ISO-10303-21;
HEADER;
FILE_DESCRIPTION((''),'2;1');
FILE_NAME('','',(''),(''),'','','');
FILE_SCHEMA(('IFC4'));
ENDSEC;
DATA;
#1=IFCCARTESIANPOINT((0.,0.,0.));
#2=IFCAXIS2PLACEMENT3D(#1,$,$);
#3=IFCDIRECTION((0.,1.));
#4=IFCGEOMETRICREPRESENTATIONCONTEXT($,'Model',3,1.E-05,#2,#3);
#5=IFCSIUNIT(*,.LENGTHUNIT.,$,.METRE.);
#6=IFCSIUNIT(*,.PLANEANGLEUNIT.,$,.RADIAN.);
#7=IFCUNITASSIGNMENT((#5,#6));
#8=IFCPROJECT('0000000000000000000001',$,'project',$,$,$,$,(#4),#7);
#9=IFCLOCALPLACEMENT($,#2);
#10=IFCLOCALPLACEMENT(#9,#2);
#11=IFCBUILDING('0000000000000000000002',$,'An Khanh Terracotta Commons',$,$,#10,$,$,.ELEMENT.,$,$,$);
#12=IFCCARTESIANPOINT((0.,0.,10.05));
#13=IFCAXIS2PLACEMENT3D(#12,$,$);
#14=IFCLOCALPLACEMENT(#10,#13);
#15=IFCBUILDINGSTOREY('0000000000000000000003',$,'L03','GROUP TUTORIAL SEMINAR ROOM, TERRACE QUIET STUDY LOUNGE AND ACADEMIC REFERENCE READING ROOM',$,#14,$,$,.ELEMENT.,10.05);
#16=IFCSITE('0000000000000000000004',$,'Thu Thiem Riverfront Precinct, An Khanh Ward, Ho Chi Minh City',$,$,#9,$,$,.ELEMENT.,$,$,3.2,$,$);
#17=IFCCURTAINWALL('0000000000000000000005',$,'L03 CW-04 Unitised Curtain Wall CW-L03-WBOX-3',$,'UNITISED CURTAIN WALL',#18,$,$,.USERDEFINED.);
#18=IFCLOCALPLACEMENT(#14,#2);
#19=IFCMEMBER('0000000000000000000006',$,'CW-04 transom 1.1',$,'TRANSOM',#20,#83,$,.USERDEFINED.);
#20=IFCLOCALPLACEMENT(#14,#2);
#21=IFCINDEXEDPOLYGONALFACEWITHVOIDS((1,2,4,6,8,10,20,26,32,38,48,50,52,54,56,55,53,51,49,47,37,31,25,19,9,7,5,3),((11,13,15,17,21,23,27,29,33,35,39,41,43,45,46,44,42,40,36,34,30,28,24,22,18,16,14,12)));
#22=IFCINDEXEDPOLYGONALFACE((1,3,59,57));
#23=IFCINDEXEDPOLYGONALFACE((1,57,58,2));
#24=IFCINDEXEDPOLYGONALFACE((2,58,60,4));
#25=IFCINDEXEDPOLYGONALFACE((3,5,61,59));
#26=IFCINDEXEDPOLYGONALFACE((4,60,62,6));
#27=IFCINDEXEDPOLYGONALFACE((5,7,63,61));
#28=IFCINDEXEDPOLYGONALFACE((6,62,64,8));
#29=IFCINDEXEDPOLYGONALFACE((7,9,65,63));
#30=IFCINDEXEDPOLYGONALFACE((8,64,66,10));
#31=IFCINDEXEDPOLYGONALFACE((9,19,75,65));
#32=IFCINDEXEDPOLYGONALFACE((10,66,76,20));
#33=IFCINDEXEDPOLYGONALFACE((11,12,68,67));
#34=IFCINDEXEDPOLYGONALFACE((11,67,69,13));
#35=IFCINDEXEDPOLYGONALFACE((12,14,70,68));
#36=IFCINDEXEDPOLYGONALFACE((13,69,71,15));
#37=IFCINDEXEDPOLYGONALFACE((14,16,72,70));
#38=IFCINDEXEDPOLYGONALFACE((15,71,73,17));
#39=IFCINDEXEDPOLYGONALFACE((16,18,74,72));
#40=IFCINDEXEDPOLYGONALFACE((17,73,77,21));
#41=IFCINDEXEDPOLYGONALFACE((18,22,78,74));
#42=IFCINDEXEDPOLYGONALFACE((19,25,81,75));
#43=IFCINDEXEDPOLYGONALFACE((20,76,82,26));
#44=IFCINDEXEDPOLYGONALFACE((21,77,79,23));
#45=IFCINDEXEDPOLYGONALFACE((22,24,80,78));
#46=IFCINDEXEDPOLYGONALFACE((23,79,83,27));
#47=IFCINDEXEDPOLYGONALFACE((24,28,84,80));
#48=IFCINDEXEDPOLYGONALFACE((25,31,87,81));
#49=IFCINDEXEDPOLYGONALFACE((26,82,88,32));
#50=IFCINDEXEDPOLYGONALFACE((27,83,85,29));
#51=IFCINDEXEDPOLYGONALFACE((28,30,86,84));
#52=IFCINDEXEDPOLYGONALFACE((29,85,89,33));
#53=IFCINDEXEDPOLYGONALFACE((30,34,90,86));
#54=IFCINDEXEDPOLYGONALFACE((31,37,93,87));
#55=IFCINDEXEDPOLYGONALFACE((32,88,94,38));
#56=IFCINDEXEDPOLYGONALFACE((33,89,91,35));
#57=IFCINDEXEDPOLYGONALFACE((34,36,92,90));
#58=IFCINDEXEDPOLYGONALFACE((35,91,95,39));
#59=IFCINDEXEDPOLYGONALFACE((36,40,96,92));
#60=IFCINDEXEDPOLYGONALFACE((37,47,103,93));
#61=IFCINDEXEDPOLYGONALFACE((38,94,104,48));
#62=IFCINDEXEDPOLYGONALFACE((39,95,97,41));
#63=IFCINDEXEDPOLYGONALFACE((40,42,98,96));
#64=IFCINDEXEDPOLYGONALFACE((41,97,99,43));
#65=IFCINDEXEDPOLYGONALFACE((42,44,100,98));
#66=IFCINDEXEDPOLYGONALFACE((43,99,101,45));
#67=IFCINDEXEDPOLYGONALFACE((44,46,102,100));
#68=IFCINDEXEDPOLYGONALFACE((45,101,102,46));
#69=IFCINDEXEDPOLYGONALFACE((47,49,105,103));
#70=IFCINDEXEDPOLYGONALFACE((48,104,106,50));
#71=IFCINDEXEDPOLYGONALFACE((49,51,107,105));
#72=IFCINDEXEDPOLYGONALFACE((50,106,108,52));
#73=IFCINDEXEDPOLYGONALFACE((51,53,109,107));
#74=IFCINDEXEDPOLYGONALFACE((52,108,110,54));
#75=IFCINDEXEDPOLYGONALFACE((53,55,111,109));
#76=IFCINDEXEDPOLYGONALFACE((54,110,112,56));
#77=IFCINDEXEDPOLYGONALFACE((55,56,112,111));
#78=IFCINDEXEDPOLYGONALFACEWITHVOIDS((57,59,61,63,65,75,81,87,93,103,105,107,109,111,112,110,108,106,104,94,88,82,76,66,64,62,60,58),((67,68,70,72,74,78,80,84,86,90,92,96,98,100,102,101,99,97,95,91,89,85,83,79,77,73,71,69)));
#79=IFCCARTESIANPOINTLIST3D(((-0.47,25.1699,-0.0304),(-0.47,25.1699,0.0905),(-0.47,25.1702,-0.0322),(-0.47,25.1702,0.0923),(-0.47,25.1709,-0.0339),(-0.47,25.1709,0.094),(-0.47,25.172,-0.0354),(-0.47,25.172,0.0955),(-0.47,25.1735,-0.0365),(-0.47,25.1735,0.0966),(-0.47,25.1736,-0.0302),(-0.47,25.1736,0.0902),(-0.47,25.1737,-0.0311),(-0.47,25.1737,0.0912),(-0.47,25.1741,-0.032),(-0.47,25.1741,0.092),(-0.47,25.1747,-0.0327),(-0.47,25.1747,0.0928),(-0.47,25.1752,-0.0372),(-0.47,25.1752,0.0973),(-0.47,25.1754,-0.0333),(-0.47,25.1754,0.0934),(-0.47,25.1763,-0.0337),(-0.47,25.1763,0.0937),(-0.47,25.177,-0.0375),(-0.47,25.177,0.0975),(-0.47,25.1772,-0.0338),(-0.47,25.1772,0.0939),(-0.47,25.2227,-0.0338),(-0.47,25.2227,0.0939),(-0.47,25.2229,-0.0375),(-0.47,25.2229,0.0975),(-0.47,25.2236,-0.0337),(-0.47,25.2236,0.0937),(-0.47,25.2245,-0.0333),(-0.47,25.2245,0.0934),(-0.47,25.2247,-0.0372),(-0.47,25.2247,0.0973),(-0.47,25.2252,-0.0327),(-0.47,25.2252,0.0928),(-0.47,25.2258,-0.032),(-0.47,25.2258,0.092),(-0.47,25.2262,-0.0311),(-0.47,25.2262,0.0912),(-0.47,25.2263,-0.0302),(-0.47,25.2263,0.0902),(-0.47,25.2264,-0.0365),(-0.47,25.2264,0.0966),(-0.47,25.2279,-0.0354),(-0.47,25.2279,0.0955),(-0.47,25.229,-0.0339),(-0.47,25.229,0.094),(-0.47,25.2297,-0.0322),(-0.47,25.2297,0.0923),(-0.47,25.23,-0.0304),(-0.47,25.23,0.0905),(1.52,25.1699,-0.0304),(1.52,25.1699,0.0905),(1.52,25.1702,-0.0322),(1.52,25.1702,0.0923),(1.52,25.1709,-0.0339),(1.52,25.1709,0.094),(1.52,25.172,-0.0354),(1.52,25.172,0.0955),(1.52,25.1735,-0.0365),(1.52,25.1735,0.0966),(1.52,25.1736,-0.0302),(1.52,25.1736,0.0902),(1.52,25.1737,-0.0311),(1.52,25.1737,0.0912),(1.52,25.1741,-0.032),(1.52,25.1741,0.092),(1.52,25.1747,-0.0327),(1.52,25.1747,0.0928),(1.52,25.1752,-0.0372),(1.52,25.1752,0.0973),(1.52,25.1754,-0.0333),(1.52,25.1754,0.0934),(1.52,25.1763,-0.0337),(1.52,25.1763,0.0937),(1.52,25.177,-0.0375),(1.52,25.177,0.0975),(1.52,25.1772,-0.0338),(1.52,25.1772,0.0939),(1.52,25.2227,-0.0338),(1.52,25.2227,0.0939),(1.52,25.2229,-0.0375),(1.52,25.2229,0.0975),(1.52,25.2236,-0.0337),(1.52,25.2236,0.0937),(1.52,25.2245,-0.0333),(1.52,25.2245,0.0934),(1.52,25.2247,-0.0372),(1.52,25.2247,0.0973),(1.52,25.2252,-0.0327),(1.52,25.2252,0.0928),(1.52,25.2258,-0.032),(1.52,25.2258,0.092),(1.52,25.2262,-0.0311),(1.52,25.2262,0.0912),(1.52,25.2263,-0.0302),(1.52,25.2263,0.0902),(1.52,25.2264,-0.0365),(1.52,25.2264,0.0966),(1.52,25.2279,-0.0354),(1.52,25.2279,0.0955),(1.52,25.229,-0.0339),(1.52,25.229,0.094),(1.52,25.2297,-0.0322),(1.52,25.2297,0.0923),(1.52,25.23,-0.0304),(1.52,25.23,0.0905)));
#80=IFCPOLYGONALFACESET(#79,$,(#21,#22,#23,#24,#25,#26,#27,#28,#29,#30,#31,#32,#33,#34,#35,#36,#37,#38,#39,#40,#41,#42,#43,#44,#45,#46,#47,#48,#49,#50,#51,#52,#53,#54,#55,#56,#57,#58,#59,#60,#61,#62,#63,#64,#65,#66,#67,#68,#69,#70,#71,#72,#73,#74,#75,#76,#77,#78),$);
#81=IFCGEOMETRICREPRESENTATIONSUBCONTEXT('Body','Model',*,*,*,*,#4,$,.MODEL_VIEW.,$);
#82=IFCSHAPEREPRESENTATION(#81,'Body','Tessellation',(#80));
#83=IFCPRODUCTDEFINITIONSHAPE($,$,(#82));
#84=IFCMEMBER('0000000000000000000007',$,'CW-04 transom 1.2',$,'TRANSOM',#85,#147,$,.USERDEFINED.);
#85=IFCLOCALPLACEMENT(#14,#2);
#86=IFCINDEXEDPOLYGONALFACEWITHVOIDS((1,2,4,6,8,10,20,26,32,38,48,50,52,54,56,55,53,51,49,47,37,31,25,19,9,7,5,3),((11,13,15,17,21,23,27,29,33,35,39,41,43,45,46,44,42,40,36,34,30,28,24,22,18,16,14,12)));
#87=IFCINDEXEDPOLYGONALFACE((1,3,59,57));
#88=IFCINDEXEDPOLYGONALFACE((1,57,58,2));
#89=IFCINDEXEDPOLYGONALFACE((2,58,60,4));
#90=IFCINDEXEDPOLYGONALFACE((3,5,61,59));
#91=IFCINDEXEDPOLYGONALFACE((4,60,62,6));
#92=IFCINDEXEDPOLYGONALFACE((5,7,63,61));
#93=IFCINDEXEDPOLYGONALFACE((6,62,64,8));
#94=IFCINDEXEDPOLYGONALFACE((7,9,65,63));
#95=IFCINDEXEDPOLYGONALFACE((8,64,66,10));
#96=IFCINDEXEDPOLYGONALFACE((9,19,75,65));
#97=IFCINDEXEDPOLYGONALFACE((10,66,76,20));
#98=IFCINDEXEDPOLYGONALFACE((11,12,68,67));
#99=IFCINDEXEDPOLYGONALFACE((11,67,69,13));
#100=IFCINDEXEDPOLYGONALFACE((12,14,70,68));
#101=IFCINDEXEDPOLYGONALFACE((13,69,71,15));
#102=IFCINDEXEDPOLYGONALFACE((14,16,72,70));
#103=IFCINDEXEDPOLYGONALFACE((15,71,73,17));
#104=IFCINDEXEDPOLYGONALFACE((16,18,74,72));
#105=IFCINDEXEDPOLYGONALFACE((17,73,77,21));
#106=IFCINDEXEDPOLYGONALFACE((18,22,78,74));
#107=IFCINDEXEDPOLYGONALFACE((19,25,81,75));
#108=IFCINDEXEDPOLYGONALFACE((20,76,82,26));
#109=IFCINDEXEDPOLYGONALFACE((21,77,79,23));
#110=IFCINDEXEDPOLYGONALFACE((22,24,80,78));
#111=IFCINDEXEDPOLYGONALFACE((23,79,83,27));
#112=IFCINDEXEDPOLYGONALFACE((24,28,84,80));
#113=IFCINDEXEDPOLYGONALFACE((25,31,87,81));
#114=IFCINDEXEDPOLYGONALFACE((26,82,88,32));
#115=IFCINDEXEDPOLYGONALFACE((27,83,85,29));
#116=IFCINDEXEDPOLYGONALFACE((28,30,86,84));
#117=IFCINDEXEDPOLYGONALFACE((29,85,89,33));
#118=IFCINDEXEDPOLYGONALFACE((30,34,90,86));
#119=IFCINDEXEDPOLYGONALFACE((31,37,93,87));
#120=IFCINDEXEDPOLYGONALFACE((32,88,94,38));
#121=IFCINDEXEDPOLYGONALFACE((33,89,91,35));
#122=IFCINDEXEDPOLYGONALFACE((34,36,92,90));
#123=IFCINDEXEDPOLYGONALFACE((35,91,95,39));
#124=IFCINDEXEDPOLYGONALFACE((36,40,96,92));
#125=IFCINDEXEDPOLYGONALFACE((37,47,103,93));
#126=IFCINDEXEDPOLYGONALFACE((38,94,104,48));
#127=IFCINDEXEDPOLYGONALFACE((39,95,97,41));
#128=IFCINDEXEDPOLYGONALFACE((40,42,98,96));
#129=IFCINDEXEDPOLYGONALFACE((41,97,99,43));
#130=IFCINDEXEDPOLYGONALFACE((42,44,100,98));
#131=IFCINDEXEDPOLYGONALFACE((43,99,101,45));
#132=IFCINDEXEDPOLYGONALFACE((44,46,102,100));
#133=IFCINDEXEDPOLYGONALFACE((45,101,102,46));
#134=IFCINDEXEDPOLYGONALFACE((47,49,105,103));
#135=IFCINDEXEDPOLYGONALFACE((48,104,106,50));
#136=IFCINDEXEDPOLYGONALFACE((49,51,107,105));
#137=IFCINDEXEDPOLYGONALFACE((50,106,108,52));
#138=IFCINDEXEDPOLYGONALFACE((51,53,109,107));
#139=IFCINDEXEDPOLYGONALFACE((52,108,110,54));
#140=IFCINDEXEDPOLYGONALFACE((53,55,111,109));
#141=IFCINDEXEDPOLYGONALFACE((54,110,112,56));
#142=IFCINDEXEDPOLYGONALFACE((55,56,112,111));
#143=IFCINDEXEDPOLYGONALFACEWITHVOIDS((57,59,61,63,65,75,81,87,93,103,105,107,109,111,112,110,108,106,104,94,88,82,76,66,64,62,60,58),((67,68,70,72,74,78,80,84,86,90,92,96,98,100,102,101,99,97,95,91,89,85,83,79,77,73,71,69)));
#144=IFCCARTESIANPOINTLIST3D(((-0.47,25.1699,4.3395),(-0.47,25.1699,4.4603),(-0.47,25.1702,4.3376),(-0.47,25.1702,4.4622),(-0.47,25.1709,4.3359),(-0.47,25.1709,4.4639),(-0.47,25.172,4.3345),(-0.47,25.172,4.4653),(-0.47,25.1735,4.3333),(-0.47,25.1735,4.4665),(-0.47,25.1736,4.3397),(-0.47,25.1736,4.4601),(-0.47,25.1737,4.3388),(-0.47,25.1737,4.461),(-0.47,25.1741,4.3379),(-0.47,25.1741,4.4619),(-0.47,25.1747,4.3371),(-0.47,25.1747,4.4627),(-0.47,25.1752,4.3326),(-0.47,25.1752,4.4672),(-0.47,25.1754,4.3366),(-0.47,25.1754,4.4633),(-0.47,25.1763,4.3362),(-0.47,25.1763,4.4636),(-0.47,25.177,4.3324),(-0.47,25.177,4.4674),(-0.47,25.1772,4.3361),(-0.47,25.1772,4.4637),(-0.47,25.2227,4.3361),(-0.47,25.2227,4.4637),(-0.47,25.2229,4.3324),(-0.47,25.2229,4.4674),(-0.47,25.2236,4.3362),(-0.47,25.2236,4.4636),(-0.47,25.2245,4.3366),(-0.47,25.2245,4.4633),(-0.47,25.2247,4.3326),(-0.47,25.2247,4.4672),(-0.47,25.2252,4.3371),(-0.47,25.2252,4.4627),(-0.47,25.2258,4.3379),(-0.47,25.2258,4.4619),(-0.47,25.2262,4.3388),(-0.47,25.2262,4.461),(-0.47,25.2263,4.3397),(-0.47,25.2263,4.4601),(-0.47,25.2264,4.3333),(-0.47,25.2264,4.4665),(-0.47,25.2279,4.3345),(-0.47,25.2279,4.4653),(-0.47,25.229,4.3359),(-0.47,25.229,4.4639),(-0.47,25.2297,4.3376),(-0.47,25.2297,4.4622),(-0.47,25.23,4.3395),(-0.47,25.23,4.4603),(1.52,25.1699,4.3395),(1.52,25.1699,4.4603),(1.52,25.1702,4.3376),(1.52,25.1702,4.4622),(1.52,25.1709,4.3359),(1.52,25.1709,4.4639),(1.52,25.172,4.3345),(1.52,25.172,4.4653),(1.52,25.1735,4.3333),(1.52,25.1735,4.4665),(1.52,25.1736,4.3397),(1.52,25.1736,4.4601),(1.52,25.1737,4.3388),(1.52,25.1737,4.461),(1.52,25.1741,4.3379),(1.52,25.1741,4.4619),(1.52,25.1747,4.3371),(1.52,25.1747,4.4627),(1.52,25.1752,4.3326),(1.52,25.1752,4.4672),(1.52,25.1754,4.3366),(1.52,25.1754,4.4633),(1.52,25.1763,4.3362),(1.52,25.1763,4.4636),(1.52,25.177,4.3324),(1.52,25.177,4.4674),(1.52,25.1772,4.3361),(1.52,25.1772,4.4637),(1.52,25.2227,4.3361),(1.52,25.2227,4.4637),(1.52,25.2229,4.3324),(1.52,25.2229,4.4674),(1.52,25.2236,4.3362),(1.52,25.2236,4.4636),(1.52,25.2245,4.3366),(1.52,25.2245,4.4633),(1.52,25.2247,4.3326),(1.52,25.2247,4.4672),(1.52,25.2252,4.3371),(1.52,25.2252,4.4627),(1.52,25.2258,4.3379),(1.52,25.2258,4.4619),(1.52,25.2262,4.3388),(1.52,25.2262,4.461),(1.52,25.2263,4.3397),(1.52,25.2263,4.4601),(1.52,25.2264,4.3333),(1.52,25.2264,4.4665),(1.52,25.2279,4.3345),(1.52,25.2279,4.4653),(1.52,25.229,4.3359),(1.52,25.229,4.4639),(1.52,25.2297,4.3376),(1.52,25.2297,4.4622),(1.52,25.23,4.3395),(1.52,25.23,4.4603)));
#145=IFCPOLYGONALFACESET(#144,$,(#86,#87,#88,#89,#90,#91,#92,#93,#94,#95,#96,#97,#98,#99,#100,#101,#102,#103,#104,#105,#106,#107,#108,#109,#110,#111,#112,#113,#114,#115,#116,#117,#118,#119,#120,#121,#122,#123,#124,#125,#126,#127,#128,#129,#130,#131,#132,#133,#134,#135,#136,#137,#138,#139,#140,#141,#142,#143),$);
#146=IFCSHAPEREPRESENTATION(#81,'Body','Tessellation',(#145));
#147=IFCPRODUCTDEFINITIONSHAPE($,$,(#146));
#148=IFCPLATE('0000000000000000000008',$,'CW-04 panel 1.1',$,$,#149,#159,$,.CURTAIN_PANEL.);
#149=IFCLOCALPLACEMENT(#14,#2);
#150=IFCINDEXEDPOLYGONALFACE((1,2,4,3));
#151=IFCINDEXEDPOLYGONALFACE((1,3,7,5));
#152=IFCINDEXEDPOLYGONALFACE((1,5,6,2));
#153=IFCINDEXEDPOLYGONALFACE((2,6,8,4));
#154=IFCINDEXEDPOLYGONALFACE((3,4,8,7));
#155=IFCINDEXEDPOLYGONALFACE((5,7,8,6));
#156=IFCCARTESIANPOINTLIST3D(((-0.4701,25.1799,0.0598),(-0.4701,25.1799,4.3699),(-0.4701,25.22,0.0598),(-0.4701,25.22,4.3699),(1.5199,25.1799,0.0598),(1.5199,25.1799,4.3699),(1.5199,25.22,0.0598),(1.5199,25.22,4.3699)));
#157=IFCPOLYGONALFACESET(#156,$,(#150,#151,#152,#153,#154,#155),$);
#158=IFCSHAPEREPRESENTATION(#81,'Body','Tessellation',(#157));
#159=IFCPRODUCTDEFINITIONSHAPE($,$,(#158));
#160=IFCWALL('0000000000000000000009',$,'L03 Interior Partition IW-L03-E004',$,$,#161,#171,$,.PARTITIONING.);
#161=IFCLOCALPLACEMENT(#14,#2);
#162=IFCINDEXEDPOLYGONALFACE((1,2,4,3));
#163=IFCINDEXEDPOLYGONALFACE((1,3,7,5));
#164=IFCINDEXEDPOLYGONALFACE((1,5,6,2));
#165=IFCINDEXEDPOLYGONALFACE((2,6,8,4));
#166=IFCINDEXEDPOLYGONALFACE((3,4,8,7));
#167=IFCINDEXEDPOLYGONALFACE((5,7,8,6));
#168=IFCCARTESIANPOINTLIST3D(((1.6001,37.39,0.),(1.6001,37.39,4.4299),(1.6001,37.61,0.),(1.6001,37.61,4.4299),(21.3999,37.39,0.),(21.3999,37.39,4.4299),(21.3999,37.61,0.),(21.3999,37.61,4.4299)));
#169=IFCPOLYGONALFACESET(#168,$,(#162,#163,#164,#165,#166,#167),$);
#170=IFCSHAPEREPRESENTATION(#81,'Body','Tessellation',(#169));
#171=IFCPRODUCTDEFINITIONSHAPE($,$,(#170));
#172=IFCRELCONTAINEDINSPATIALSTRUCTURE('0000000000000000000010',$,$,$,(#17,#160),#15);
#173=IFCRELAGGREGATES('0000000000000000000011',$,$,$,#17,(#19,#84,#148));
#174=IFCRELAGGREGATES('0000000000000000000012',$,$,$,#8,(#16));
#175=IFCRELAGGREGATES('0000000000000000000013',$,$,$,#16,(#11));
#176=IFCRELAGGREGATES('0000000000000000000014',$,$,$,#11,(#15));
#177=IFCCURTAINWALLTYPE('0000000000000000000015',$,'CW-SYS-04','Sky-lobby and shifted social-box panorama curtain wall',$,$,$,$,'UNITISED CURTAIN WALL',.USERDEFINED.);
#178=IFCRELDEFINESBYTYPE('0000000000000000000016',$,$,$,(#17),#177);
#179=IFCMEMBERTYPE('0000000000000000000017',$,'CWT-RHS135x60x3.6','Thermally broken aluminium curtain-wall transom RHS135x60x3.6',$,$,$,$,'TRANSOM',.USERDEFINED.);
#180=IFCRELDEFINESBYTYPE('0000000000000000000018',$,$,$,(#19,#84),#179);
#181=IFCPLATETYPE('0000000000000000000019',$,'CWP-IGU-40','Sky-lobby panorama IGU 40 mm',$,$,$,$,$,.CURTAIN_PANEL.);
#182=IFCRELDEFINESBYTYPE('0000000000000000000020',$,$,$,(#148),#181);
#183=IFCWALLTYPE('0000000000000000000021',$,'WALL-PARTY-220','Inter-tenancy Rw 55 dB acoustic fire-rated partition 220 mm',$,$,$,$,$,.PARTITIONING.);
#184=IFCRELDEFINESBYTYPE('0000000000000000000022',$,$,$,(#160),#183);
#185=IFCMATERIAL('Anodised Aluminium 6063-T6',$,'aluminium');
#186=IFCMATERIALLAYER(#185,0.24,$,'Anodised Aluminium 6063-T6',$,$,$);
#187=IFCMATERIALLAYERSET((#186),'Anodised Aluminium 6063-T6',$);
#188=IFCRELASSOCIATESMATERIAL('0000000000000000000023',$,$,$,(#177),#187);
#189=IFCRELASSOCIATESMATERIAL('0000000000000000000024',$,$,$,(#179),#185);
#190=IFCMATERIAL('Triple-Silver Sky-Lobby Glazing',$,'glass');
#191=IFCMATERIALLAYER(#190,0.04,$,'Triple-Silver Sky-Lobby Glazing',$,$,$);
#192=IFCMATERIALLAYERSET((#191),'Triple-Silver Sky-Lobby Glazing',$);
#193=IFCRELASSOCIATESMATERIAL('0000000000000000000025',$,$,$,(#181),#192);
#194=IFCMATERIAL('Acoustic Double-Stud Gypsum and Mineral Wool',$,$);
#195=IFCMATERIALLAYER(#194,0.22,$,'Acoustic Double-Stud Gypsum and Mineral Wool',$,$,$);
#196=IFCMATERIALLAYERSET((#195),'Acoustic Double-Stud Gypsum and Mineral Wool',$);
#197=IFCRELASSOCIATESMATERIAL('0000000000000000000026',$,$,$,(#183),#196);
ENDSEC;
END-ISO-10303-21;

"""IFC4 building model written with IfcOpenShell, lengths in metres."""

from ifc_helpers import new_model, si_unit, direction, frame, frame_2d, origin, origin_2d, place, context, subcontext, project, spatial, rectangle, hollow_rectangle, extrude, material, layer, layer_set, material_profile, profile_set, type_object, element, aggregate, save


model = new_model("IFC4")

# Units and contexts
model_context = context("Model", 3, precision=1e-05, world=origin(), true_north=direction((0.0, 1.0)))
body_context = subcontext(model_context, "Body", "Model", "MODEL_VIEW")
ifc_project = project(units=[si_unit("LENGTHUNIT", "METRE"), si_unit("PLANEANGLEUNIT", "RADIAN")], contexts=[model_context])

# Site, building, storey
site_placement = place(None, origin())
site = spatial("IfcSite", under=ifc_project, at=site_placement, Name="Thu Thiem Riverfront Precinct, An Khanh Ward, Ho Chi Minh City", CompositionType="ELEMENT", RefElevation=3.2)
building_placement = place(site_placement, origin())
building = spatial("IfcBuilding", under=site, at=building_placement, Name="An Khanh Terracotta Commons", CompositionType="ELEMENT")
storey_placement = place(building_placement, frame((0.0, 0.0, 10.05)))
storey = spatial("IfcBuildingStorey", under=building, at=storey_placement, Name="L03", Description="GROUP TUTORIAL SEMINAR ROOM, TERRACE QUIET STUDY LOUNGE AND ACADEMIC REFERENCE READING ROOM", CompositionType="ELEMENT", Elevation=10.05)

# Curtain wall, members, plate
ifc_material_1 = material(Name="Anodised Aluminium 6063-T6", Category="aluminium")
ifc_layer_1 = layer(ifc_material_1, 0.24, Name="Anodised Aluminium 6063-T6")
ifc_layer_set_1 = layer_set([ifc_layer_1], Name="Anodised Aluminium 6063-T6")
curtain_wall_type = type_object("IfcCurtainWallType", Name="CW-SYS-04", Description="Sky-lobby and shifted social-box panorama curtain wall", ElementType="UNITISED CURTAIN WALL", PredefinedType="USERDEFINED", material=ifc_layer_set_1)
curtain_wall_placement = place(storey_placement, origin())
curtain_wall = element("IfcCurtainWall", 1, at=curtain_wall_placement, inside=storey, type_object=curtain_wall_type, Name="L03 CW-04 Unitised Curtain Wall CW-L03-WBOX-3", ObjectType="UNITISED CURTAIN WALL", PredefinedType="USERDEFINED")
ifc_material_profile_1 = material_profile(ifc_material_1, hollow_rectangle(XDim=0.0601, YDim=0.135, WallThickness=0.0037, InnerFilletRadius=0.0037, OuterFilletRadius=0.0071, at=origin_2d()), Name="RHS135x60x3.6")
ifc_profile_set_1 = profile_set([ifc_material_profile_1], Name="Anodised Aluminium 6063-T6")
member_type_1 = type_object("IfcMemberType", Name="CWT-RHS135x60x3.6", Description="Thermally broken aluminium curtain-wall transom RHS135x60x3.6", ElementType="TRANSOM", PredefinedType="USERDEFINED", material=ifc_profile_set_1)
member_1_placement = place(storey_placement, frame((-0.47, 25.2, 0.03), z_axis=(1.0, 0.0, 0.0), x_axis=(0.0, 1.0, 0.0)))
member_1 = element("IfcMember", 2, at=member_1_placement, type_object=member_type_1, Name="CW-04 transom 1.1", ObjectType="TRANSOM", PredefinedType="USERDEFINED", context=body_context, shape_type="SweptSolid", body=[
    extrude(hollow_rectangle(XDim=0.0601, YDim=0.135, WallThickness=0.0037, InnerFilletRadius=0.0037, OuterFilletRadius=0.0071, at=origin_2d()), origin(), (0.0, 0.0, 1.0), 1.99),
])
member_2_placement = place(storey_placement, frame((-0.47, 25.2, 4.3999), z_axis=(1.0, 0.0, 0.0), x_axis=(0.0, 1.0, 0.0)))
member_2 = element("IfcMember", 3, at=member_2_placement, type_object=member_type_1, Name="CW-04 transom 1.2", ObjectType="TRANSOM", PredefinedType="USERDEFINED", context=body_context, shape_type="SweptSolid", body=[
    extrude(hollow_rectangle(XDim=0.0601, YDim=0.135, WallThickness=0.0037, InnerFilletRadius=0.0037, OuterFilletRadius=0.0071, at=origin_2d()), origin(), (0.0, 0.0, 1.0), 1.99),
])
ifc_material_2 = material(Name="Triple-Silver Sky-Lobby Glazing", Category="glass")
ifc_layer_2 = layer(ifc_material_2, 0.04, Name="Triple-Silver Sky-Lobby Glazing")
ifc_layer_set_2 = layer_set([ifc_layer_2], Name="Triple-Silver Sky-Lobby Glazing")
plate_type = type_object("IfcPlateType", Name="CWP-IGU-40", Description="Sky-lobby panorama IGU 40 mm", PredefinedType="CURTAIN_PANEL", material=ifc_layer_set_2)
plate_placement = place(storey_placement, frame((0.5249, 25.2, 0.0598), z_axis=(0.0, 0.0, 1.0), x_axis=(1.0, 0.0, 0.0)))
plate = element("IfcPlate", 4, at=plate_placement, type_object=plate_type, Name="CW-04 panel 1.1", PredefinedType="CURTAIN_PANEL", context=body_context, shape_type="SweptSolid", body=[
    extrude(rectangle(XDim=1.99, YDim=0.04, at=origin_2d()), origin(), (0.0, 0.0, 1.0), 4.3101),
])
aggregate(curtain_wall, [member_1, member_2, plate])

# Wall
ifc_material_3 = material(Name="Acoustic Double-Stud Gypsum and Mineral Wool")
ifc_layer_3 = layer(ifc_material_3, 0.22, Name="Acoustic Double-Stud Gypsum and Mineral Wool")
ifc_layer_set_3 = layer_set([ifc_layer_3], Name="Acoustic Double-Stud Gypsum and Mineral Wool")
wall_type_1 = type_object("IfcWallType", Name="WALL-PARTY-220", Description="Inter-tenancy Rw 55 dB acoustic fire-rated partition 220 mm", PredefinedType="PARTITIONING", material=ifc_layer_set_3)
wall_1_placement = place(storey_placement, frame((1.6001, 37.5, 0.0), z_axis=(0.0, 0.0, 1.0), x_axis=(1.0, 0.0, 0.0)))
element("IfcWall", 5, at=wall_1_placement, inside=storey, type_object=wall_type_1, Name="L03 Interior Partition IW-L03-E004", PredefinedType="PARTITIONING", context=body_context, shape_type="SweptSolid", body=[
    extrude(rectangle(XDim=19.7998, YDim=0.22, at=frame_2d((9.8999, 0.0))), origin(), (0.0, 0.0, 1.0), 4.4299),
])

save(model, "model.ifc")
